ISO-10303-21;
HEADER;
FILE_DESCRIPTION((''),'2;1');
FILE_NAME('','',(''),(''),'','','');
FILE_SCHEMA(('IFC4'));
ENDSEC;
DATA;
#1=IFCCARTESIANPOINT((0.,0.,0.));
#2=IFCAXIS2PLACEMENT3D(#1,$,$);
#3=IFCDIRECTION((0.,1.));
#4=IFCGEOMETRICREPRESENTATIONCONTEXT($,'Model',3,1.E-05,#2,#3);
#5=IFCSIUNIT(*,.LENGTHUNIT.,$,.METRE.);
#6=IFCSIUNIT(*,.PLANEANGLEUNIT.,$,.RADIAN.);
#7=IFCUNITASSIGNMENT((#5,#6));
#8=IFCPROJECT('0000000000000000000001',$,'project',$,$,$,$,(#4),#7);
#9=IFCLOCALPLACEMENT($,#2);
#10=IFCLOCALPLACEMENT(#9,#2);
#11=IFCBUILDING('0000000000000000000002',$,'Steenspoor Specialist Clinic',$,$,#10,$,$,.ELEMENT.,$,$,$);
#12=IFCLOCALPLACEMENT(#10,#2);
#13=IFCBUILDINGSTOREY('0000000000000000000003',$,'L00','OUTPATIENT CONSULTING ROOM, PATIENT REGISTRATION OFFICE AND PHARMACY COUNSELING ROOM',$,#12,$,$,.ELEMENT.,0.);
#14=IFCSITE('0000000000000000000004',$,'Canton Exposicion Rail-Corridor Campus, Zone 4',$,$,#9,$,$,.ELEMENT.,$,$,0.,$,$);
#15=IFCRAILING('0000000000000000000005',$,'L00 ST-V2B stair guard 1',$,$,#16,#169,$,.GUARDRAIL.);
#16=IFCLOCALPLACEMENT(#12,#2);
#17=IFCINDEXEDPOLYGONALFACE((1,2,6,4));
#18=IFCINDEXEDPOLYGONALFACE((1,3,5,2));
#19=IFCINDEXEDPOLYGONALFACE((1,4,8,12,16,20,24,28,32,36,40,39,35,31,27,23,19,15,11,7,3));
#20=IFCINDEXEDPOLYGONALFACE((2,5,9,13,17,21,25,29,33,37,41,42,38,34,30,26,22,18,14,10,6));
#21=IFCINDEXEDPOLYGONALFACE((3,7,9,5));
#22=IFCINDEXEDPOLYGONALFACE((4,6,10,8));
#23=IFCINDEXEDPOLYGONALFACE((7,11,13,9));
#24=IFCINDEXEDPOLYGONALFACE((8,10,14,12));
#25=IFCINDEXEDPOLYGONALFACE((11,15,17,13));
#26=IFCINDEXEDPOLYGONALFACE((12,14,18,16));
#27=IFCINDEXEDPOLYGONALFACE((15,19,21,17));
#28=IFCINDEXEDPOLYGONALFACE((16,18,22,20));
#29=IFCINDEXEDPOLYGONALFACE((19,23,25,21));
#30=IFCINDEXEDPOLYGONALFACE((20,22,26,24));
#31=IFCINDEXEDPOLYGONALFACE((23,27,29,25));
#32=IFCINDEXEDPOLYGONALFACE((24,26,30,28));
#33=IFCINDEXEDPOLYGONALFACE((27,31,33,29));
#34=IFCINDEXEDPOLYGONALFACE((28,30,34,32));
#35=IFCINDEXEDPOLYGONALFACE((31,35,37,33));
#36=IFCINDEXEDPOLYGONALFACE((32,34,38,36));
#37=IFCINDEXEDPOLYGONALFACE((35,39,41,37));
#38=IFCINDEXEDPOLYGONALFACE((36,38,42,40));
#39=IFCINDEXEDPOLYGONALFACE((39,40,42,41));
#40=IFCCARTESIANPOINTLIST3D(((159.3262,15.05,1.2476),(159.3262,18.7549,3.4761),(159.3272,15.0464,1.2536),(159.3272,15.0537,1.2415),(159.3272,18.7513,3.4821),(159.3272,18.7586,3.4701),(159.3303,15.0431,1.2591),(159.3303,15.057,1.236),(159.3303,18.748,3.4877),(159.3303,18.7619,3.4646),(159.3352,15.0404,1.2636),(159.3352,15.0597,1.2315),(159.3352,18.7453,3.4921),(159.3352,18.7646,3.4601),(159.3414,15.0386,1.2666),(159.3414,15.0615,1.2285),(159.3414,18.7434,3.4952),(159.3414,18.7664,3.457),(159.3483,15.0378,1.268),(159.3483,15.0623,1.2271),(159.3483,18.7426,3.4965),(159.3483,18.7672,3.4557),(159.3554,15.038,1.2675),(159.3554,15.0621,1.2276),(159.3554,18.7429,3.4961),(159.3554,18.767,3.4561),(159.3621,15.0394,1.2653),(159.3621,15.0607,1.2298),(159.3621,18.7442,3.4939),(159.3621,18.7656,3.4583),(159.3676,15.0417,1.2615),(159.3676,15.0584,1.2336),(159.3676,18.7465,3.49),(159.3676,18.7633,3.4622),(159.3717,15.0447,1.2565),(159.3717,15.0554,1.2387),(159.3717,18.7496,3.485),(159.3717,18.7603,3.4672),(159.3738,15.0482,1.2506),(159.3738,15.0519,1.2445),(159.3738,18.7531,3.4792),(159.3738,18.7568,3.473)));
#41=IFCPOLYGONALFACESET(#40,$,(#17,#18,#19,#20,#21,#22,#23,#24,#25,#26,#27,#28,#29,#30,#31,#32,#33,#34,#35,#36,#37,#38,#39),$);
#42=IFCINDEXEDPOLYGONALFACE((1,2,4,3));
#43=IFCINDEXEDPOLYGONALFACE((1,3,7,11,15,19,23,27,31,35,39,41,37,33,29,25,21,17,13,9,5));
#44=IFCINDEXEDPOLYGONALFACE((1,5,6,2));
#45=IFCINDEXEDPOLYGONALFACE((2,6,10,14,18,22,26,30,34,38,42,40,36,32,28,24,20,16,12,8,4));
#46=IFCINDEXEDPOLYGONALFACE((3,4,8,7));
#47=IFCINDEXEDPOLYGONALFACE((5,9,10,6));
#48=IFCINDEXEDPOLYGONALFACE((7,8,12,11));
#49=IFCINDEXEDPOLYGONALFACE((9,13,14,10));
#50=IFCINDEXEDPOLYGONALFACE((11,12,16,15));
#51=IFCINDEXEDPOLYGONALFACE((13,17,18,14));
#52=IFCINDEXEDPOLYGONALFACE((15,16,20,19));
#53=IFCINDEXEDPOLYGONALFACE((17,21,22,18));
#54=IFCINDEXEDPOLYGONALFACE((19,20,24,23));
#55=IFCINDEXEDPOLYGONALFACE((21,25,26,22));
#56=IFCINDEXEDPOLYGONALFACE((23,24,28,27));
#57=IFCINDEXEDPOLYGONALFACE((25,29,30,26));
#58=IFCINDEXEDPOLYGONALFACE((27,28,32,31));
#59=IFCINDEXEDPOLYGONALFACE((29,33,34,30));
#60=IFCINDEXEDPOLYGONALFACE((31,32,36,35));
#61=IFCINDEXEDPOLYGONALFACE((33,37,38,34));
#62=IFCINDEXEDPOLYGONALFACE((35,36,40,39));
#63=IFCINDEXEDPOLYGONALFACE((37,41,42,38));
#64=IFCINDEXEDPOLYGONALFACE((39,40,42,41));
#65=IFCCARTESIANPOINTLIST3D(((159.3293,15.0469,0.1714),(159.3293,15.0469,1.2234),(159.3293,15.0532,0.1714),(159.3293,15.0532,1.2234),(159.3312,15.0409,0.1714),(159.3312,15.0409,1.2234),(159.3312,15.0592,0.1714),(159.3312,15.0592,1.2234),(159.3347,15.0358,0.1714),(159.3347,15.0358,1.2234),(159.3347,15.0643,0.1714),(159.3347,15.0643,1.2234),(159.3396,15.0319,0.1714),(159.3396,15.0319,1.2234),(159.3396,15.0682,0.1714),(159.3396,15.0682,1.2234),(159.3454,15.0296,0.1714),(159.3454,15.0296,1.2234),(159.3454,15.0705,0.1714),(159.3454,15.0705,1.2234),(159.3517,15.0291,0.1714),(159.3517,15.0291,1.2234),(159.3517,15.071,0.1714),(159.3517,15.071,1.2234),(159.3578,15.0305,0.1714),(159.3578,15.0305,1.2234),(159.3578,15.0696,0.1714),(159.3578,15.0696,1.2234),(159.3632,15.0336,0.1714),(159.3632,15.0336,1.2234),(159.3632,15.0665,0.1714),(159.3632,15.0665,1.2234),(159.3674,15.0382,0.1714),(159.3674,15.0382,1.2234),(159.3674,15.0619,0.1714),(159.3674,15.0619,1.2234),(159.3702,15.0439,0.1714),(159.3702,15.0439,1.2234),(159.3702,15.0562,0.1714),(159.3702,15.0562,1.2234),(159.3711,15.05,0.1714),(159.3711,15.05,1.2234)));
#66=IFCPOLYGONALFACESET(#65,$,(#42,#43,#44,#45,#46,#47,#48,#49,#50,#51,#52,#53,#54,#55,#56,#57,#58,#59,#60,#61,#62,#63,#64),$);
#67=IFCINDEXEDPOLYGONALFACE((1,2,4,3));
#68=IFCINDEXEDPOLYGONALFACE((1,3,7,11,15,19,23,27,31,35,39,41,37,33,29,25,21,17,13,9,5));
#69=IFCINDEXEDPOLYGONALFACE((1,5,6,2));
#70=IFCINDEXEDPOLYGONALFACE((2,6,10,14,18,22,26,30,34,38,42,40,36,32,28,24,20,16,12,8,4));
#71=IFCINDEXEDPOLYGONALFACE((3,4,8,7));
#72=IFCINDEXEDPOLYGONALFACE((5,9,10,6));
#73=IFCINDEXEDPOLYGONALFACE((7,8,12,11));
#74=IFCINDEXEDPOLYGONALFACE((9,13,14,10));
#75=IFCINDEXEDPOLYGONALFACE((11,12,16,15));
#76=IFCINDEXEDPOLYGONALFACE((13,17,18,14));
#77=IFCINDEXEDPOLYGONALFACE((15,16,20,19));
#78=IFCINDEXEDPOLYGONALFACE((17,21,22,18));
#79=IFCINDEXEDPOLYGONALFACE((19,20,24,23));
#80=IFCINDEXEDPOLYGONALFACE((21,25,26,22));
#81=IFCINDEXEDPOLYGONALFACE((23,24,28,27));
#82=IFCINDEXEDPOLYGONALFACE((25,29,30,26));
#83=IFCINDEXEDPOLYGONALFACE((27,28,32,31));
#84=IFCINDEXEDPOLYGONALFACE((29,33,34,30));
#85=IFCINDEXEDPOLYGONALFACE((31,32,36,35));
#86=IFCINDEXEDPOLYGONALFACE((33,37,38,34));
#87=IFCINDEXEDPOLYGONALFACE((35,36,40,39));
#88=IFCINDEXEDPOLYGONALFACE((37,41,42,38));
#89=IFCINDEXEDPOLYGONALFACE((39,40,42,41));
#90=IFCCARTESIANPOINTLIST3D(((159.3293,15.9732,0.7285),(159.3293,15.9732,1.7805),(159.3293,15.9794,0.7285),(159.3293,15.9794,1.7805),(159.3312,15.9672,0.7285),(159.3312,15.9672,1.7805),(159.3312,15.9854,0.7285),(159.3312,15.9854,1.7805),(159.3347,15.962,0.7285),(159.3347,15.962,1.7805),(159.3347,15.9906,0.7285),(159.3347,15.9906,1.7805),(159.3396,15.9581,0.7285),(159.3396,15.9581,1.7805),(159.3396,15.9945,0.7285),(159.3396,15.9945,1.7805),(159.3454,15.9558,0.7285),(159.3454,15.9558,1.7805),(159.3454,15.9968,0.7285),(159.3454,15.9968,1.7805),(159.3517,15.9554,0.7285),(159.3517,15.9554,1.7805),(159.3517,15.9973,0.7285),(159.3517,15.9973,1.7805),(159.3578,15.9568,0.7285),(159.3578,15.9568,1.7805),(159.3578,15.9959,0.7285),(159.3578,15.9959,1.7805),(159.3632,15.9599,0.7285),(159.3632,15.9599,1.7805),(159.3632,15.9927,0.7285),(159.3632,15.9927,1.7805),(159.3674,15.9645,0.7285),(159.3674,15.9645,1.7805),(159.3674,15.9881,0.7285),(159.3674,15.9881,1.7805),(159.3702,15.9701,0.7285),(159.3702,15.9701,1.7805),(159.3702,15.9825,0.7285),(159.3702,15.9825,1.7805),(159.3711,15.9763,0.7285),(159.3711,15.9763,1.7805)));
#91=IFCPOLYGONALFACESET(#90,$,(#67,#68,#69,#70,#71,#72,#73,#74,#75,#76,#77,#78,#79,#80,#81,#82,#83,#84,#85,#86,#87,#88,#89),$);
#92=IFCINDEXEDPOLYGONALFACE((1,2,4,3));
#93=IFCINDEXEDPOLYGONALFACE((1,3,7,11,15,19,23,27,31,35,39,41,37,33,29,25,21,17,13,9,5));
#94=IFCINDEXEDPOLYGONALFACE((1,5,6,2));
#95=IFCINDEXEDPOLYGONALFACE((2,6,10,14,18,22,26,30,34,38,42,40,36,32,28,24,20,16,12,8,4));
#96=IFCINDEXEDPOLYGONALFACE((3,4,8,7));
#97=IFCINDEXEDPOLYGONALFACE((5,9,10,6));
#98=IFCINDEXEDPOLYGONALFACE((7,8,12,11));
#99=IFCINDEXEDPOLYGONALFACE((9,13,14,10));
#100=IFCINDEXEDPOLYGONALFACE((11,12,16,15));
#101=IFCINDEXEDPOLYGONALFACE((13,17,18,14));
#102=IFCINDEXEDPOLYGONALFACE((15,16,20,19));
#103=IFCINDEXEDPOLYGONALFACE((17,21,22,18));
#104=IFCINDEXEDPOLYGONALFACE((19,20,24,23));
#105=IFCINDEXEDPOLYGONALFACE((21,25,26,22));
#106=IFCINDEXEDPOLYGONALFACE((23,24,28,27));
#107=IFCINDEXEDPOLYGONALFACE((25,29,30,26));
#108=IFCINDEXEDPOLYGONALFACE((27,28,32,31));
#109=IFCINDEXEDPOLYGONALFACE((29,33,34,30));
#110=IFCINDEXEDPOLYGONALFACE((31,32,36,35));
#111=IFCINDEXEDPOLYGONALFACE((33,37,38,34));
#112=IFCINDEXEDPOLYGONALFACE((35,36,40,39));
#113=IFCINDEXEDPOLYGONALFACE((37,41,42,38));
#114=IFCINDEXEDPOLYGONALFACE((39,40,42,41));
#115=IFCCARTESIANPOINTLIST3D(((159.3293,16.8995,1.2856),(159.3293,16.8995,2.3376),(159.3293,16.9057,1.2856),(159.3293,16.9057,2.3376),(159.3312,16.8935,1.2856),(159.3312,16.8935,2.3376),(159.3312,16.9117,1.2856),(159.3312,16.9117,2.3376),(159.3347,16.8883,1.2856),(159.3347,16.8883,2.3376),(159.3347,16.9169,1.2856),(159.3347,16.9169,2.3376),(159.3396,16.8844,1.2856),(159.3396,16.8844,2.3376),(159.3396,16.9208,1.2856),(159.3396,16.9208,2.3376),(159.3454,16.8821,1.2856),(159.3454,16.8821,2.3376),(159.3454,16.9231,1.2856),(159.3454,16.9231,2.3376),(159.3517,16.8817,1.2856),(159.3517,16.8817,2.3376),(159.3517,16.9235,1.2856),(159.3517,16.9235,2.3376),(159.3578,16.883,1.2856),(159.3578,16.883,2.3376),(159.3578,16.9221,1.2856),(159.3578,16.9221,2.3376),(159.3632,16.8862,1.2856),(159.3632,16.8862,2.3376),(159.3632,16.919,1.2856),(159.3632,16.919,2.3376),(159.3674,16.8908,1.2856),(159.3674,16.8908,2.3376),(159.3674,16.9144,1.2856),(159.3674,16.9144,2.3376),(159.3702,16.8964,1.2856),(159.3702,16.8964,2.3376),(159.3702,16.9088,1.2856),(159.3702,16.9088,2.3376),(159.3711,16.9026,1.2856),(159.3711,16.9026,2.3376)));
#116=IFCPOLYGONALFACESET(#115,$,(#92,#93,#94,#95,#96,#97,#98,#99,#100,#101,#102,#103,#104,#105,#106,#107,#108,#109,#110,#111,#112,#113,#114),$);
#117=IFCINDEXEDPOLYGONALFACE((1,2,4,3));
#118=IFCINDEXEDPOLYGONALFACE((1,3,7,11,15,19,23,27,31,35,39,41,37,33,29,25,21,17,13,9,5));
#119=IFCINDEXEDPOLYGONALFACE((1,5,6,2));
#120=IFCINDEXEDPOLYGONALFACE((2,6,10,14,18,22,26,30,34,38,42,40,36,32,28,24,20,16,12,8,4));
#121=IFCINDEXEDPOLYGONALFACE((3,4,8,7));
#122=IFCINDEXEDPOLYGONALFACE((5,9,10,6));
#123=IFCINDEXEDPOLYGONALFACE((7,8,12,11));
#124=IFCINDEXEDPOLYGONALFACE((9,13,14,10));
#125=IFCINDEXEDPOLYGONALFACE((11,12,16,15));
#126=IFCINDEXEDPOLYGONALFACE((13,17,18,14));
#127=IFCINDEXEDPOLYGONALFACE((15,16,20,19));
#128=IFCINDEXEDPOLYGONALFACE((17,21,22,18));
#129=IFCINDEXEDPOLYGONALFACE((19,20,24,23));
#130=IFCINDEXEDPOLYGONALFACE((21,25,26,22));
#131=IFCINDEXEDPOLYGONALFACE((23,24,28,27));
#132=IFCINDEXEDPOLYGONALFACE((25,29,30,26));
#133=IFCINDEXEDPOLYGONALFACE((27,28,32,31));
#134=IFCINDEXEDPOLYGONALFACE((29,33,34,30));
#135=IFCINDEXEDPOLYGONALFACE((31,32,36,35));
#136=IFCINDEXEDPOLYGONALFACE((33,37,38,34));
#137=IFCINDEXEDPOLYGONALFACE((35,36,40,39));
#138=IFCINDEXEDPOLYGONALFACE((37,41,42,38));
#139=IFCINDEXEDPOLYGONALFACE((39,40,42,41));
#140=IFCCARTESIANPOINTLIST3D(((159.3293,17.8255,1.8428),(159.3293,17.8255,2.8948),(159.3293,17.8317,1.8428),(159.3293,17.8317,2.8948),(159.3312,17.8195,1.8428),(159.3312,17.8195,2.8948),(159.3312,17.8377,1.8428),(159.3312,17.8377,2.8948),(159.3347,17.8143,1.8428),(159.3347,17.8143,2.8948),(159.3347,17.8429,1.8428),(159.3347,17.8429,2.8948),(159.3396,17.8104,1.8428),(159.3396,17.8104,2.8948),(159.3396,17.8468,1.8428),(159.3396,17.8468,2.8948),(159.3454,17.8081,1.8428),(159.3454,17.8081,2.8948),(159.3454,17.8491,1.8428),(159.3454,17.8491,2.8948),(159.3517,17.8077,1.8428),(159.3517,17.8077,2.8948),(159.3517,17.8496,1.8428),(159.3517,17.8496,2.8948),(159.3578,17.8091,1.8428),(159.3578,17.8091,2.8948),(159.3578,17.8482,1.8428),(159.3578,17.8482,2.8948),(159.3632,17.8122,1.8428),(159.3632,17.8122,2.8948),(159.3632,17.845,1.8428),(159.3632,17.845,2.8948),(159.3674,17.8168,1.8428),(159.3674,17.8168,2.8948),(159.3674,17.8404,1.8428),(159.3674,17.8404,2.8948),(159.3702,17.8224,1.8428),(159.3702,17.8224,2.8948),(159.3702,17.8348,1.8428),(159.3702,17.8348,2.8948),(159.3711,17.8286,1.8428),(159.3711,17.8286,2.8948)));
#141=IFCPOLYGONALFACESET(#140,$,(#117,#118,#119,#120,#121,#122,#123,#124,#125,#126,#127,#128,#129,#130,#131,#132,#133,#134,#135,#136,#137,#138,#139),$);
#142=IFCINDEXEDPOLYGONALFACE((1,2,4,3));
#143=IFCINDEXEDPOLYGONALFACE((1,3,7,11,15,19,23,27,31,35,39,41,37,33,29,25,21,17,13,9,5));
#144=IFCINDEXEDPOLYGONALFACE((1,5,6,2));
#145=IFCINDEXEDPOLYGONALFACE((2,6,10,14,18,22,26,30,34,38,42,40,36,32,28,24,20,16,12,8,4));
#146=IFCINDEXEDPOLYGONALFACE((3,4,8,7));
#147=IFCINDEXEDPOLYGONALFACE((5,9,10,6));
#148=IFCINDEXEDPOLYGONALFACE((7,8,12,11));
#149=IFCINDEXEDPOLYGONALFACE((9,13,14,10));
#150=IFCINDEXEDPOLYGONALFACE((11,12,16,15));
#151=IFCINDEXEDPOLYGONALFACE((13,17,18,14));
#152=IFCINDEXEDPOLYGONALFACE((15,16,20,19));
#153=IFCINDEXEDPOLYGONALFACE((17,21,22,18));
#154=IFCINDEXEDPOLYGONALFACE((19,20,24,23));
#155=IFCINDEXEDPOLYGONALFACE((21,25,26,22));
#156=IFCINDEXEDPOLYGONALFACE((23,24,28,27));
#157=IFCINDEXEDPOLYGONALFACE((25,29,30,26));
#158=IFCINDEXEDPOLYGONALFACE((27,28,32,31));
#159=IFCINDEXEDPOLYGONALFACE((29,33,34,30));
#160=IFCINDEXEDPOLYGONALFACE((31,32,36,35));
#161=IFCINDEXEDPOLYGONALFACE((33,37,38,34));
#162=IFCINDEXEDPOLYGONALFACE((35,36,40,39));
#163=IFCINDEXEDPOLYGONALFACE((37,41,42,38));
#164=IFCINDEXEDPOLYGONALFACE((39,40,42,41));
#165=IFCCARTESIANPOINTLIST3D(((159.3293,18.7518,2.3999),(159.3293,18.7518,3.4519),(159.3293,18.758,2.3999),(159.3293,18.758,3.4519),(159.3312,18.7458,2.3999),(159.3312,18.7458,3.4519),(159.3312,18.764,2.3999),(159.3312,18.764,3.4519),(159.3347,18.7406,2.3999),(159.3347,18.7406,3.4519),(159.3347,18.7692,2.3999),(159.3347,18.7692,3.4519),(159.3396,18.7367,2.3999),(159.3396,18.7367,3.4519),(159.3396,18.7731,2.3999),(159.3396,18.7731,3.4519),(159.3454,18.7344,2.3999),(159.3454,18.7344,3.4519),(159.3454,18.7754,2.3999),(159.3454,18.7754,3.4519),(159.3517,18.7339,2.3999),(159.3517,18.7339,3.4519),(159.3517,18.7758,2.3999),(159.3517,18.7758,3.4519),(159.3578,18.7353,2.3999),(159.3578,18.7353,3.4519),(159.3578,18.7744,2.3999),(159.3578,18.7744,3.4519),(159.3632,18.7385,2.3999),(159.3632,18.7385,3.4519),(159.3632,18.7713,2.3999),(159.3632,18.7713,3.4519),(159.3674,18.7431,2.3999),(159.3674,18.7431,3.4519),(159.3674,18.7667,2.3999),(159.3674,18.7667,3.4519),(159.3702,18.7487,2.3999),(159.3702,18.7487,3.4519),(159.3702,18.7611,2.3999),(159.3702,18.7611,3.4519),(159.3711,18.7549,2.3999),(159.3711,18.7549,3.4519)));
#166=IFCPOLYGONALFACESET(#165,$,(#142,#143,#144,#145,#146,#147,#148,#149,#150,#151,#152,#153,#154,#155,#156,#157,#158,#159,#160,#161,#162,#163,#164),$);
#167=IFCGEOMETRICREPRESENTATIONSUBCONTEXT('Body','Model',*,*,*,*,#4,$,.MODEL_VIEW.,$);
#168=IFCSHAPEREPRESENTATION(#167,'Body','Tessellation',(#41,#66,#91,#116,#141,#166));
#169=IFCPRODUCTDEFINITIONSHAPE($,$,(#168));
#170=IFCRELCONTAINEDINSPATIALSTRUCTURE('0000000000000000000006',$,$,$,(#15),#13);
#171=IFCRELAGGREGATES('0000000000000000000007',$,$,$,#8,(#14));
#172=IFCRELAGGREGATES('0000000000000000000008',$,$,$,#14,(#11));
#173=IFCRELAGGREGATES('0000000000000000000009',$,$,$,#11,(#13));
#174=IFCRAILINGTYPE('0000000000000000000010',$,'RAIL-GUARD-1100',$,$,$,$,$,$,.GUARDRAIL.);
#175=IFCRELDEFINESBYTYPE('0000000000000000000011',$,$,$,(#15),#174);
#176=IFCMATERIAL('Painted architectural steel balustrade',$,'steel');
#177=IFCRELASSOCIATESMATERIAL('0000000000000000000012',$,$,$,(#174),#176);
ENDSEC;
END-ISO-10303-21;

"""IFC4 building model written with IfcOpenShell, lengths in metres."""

from ifc_helpers import new_model, si_unit, direction, frame, origin, origin_2d, place, context, subcontext, project, spatial, circle, extrude, material, type_object, element, save


model = new_model("IFC4")

# Units and contexts
model_context = context("Model", 3, precision=1e-05, world=origin(), true_north=direction((0.0, 1.0)))
body_context = subcontext(model_context, "Body", "Model", "MODEL_VIEW")
ifc_project = project(units=[si_unit("LENGTHUNIT", "METRE"), si_unit("PLANEANGLEUNIT", "RADIAN")], contexts=[model_context])

# Site, building, storey
site_placement = place(None, origin())
site = spatial("IfcSite", under=ifc_project, at=site_placement, Name="Canton Exposicion Rail-Corridor Campus, Zone 4", CompositionType="ELEMENT", RefElevation=0.0)
building_placement = place(site_placement, origin())
building = spatial("IfcBuilding", under=site, at=building_placement, Name="Steenspoor Specialist Clinic", CompositionType="ELEMENT")
storey_placement = place(building_placement, origin())
storey = spatial("IfcBuildingStorey", under=building, at=storey_placement, Name="L00", Description="OUTPATIENT CONSULTING ROOM, PATIENT REGISTRATION OFFICE AND PHARMACY COUNSELING ROOM", CompositionType="ELEMENT", Elevation=0.0)

# Railing
ifc_material_1 = material(Name="Painted architectural steel balustrade", Category="steel")
railing_type_1 = type_object("IfcRailingType", Name="RAIL-GUARD-1100", PredefinedType="GUARDRAIL", material=ifc_material_1)
railing_1_placement = place(storey_placement, frame((159.3501, 15.05, 0.1714)))
element("IfcRailing", 1, at=railing_1_placement, inside=storey, type_object=railing_type_1, Name="L00 ST-V2B stair guard 1", PredefinedType="GUARDRAIL", context=body_context, shape_type="SweptSolid", body=[
    extrude(circle(Radius=0.0239, at=origin_2d()), frame((0.0, 0.0, 1.0762), z_axis=(0.0, 0.856919, 0.51545), x_axis=(-1.0, 0.0, 0.0)), (0.0, 0.0, 1.0), 4.3235),
    extrude(circle(Radius=0.021, at=origin_2d()), origin(), (0.0, 0.0, 1.0), 1.052),
    extrude(circle(Radius=0.021, at=origin_2d()), frame((0.0, 0.9263, 0.5571)), (0.0, 0.0, 1.0), 1.052),
    extrude(circle(Radius=0.021, at=origin_2d()), frame((0.0, 1.8525, 1.1143)), (0.0, 0.0, 1.0), 1.052),
    extrude(circle(Radius=0.021, at=origin_2d()), frame((0.0, 2.7786, 1.6714)), (0.0, 0.0, 1.0), 1.052),
    extrude(circle(Radius=0.021, at=origin_2d()), frame((0.0, 3.7048, 2.2285)), (0.0, 0.0, 1.0), 1.052),
])

save(model, "model.ifc")
